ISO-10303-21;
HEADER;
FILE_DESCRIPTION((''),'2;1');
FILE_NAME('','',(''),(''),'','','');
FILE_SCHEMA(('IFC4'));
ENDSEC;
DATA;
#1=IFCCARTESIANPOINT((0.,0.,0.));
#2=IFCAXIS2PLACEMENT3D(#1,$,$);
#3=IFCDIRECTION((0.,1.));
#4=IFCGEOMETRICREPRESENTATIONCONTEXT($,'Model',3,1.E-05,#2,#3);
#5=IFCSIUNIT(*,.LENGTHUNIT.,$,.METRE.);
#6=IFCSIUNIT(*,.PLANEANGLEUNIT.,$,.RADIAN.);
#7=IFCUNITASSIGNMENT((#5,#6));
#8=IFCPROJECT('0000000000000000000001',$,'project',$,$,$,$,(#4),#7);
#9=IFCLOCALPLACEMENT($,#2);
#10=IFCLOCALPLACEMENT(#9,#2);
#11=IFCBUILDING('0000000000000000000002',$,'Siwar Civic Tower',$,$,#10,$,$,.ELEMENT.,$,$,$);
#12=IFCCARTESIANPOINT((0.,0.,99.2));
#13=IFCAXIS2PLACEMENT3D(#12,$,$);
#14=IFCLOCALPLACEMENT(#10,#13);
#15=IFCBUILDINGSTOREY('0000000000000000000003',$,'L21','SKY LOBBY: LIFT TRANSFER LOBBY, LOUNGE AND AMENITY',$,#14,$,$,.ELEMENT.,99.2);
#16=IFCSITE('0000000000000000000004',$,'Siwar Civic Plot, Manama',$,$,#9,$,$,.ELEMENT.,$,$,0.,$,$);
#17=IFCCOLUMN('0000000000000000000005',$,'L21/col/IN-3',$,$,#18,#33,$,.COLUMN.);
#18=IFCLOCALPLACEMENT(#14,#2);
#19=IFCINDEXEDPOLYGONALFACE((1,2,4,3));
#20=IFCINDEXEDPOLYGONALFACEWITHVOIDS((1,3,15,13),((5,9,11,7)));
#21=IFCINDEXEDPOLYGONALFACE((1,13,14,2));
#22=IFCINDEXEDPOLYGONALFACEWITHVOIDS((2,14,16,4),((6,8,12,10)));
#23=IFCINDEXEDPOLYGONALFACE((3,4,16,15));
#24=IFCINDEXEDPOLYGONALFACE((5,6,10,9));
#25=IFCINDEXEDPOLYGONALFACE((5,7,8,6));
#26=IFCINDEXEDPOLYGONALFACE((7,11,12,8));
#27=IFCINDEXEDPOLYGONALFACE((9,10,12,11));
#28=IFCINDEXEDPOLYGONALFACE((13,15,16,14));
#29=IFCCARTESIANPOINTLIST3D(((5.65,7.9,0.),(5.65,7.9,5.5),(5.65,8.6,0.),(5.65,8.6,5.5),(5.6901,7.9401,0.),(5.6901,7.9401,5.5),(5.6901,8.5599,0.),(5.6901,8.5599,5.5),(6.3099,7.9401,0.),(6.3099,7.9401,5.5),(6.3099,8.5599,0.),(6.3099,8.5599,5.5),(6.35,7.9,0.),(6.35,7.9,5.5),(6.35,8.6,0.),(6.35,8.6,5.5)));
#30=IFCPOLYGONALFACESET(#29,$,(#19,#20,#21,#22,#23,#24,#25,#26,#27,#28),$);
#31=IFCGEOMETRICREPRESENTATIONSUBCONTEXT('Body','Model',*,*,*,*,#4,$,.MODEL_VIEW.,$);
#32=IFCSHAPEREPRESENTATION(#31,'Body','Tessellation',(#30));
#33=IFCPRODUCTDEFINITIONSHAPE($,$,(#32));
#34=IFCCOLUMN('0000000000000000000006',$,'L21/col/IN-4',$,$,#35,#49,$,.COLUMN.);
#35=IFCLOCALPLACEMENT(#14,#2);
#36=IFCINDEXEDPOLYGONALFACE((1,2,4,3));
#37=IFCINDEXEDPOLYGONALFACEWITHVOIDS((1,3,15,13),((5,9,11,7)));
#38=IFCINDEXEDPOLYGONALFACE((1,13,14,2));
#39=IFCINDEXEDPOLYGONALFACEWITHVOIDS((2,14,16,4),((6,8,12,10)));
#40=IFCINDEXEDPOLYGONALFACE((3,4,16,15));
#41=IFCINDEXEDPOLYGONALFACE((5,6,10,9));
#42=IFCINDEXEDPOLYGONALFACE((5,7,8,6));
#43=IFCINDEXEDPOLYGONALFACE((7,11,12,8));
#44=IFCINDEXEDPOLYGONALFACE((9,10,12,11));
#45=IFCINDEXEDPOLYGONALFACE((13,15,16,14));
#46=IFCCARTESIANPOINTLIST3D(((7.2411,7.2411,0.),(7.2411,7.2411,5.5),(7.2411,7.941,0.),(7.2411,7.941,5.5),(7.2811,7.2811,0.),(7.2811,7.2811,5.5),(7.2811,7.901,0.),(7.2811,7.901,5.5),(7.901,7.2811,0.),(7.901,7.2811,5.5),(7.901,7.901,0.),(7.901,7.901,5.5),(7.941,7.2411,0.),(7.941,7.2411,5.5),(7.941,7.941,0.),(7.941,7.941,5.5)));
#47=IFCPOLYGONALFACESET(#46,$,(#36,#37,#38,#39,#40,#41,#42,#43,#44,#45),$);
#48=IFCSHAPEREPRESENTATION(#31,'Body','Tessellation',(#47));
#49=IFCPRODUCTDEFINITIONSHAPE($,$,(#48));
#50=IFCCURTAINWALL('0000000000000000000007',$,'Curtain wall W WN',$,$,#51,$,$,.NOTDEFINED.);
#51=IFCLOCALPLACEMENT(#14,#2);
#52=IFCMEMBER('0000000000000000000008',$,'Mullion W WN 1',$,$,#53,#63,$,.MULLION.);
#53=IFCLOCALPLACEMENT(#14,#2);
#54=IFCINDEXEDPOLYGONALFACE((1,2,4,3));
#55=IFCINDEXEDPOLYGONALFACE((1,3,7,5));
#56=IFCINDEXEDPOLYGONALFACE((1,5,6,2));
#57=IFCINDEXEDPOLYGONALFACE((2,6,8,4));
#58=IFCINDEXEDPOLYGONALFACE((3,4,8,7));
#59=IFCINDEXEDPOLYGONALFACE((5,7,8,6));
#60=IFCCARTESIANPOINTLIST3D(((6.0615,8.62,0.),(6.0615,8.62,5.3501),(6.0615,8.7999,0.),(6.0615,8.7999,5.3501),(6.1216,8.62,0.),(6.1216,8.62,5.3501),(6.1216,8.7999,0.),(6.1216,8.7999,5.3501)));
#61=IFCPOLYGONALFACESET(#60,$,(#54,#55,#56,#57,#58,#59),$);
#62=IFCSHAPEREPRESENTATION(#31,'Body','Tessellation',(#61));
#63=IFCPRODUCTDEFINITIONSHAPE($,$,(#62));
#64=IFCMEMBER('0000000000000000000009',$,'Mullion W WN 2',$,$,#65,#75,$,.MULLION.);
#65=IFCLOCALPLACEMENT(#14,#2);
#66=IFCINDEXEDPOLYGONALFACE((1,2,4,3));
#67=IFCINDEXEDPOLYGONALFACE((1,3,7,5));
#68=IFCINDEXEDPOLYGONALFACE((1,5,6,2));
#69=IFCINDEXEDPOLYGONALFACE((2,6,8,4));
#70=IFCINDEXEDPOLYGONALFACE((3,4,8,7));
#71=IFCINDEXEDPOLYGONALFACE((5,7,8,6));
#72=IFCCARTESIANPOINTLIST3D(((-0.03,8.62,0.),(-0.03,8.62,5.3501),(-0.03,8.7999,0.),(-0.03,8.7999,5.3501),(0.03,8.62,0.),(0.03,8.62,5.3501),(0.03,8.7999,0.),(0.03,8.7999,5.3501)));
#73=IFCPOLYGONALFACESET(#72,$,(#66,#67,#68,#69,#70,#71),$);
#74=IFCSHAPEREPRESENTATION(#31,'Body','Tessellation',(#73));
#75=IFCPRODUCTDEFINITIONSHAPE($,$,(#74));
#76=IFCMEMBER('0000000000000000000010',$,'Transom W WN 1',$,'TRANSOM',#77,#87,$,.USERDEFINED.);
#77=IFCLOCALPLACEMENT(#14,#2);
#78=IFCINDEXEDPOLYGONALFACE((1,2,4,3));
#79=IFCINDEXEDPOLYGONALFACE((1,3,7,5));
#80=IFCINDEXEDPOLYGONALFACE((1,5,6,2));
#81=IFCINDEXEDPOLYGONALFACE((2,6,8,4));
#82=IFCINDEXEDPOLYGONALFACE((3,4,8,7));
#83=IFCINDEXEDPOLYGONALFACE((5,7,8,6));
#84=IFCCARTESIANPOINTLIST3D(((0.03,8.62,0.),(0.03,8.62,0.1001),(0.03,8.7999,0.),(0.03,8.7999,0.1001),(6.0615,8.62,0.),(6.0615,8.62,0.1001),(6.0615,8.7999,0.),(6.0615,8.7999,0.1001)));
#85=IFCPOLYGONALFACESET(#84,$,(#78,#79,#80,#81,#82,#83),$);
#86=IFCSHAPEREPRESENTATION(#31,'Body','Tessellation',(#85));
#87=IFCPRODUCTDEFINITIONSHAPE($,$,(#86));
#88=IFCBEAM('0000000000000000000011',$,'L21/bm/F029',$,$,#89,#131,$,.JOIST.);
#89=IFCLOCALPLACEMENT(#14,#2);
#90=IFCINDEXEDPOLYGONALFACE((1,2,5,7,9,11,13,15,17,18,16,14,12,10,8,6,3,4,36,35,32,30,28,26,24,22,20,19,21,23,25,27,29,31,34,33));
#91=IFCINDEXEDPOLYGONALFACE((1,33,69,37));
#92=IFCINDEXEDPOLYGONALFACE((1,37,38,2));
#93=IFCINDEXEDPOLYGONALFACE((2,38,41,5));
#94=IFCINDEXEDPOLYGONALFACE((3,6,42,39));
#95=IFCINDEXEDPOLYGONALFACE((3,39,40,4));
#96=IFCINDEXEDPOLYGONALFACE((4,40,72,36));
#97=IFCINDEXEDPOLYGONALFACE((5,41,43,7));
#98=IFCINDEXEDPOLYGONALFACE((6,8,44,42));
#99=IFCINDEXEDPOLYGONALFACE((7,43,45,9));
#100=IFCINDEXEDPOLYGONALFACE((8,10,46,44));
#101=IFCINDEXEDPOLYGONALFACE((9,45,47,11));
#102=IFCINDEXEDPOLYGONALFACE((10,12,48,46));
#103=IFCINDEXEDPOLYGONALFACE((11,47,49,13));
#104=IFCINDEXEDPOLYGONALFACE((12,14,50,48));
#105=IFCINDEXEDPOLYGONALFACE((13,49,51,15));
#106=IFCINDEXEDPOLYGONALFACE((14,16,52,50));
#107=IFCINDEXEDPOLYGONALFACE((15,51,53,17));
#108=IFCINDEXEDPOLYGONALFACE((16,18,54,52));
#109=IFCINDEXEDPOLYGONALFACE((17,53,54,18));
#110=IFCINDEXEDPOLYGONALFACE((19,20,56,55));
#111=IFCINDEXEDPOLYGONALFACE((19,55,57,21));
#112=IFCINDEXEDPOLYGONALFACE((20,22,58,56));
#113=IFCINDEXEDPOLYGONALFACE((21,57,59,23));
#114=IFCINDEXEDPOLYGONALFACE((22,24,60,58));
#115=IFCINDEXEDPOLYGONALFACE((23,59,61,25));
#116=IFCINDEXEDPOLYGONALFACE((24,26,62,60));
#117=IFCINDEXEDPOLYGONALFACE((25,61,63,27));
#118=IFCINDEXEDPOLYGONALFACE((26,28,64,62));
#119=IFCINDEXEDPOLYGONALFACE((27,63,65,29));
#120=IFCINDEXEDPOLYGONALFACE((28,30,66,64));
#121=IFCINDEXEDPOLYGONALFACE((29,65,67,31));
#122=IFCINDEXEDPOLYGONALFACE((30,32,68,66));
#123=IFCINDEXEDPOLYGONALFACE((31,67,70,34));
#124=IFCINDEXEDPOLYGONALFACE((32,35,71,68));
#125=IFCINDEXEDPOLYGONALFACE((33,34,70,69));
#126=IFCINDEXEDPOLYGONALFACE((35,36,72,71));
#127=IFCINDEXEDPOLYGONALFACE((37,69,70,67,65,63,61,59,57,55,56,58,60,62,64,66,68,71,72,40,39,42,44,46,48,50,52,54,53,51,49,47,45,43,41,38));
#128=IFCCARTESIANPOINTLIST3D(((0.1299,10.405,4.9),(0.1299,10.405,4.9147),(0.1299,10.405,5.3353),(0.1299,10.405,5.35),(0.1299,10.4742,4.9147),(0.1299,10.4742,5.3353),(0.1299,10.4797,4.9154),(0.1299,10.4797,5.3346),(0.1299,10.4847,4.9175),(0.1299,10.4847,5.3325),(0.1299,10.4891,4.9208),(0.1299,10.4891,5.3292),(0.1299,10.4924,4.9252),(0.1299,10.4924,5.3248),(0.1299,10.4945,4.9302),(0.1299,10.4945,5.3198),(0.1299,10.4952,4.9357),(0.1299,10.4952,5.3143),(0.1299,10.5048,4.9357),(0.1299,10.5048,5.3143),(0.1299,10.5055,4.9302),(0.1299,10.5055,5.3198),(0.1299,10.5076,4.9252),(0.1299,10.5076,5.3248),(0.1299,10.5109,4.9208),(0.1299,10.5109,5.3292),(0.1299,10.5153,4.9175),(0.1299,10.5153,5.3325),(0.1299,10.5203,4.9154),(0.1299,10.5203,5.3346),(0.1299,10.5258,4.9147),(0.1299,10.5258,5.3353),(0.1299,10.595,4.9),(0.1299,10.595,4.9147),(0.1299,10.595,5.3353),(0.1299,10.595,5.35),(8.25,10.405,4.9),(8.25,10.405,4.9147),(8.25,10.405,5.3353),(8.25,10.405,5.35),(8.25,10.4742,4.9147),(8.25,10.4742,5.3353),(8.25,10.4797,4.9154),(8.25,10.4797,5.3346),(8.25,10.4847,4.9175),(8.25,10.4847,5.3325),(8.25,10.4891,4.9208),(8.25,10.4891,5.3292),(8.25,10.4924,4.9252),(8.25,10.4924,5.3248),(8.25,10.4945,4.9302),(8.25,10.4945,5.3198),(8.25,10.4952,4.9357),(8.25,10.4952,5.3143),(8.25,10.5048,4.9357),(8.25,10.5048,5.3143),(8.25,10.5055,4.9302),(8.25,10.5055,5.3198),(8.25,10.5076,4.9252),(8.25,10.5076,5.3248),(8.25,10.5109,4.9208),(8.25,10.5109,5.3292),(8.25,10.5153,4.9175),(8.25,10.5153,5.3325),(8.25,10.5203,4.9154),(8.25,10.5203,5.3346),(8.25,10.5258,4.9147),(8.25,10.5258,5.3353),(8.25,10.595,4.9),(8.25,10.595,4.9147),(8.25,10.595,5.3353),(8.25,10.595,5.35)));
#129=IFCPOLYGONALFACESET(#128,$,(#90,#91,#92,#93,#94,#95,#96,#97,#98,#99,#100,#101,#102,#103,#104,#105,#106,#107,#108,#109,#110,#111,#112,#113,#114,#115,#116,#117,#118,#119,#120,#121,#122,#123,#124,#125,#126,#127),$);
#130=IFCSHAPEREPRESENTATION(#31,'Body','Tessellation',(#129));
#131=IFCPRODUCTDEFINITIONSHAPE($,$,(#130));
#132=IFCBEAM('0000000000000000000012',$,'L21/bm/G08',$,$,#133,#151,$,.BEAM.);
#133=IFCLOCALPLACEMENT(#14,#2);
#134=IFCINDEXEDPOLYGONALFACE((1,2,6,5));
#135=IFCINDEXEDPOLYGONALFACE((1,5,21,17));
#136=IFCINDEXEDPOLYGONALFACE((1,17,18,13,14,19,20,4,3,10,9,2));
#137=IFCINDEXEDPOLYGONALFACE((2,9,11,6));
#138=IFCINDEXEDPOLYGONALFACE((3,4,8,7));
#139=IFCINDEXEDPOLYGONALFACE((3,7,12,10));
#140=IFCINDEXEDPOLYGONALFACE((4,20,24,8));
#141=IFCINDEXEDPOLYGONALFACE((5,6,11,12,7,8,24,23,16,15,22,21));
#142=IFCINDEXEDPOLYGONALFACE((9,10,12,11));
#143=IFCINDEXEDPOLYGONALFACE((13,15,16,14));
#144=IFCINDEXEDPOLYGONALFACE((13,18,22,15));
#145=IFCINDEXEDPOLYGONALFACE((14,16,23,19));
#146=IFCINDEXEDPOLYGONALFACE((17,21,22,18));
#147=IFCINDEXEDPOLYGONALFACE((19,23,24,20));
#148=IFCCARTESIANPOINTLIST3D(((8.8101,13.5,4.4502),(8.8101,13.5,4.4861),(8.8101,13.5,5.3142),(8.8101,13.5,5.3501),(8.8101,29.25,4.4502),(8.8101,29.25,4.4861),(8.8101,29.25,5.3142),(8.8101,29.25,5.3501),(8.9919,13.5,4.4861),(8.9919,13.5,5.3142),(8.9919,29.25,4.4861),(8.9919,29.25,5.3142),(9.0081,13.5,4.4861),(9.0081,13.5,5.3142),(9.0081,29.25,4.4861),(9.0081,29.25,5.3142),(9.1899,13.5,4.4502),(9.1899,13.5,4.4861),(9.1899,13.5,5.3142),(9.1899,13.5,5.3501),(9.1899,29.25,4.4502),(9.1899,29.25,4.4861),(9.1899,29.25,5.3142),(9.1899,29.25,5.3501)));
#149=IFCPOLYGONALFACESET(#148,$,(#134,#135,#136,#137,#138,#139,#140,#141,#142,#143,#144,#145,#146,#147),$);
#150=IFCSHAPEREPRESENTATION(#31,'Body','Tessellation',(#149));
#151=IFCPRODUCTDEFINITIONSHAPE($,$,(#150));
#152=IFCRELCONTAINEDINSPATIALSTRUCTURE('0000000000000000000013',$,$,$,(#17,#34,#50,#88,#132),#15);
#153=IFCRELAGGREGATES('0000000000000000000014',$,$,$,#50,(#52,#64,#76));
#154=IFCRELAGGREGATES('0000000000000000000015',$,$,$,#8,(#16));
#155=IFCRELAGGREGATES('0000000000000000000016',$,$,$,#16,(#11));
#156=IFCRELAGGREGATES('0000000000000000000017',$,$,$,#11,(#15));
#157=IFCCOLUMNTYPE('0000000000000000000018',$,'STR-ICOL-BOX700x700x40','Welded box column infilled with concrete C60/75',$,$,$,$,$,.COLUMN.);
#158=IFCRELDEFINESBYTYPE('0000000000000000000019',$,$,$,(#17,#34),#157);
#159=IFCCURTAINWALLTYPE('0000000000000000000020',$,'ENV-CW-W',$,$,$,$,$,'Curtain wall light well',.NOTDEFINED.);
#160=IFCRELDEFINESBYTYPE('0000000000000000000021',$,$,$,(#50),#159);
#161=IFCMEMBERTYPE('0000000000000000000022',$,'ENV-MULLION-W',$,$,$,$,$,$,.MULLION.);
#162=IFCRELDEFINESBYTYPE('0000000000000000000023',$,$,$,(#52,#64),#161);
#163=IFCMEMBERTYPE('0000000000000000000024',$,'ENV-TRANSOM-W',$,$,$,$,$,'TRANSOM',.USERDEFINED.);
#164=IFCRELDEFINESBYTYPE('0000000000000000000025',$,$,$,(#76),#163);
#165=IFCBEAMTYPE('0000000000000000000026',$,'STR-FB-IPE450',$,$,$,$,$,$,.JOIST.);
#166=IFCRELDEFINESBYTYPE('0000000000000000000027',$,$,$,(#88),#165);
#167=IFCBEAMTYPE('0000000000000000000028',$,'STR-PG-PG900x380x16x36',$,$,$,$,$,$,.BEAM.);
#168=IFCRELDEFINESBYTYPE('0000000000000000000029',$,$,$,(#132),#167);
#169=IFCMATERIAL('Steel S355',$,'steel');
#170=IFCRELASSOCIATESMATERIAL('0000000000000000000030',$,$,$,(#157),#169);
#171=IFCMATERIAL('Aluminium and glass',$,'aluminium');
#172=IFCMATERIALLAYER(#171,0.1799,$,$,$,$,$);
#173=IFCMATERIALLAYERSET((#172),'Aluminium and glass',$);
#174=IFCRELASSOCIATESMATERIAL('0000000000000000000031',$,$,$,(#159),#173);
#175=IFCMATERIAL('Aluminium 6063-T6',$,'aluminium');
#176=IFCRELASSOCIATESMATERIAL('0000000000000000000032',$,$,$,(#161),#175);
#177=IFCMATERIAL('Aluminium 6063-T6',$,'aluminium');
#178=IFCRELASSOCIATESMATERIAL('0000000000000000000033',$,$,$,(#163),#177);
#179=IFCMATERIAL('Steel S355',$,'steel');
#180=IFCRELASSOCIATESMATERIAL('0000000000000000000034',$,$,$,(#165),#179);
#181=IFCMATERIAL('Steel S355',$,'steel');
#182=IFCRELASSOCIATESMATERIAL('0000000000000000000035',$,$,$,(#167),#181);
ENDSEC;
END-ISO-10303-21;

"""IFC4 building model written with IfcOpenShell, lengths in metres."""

from ifc_helpers import new_model, si_unit, direction, frame, origin, origin_2d, place, context, subcontext, project, spatial, rectangle, hollow_rectangle, i_section, extrude, material, layer, layer_set, material_profile, profile_set, type_object, element, aggregate, save


model = new_model("IFC4")

# Units and contexts
model_context = context("Model", 3, precision=1e-05, world=origin(), true_north=direction((0.0, 1.0)))
body_context = subcontext(model_context, "Body", "Model", "MODEL_VIEW")
ifc_project = project(units=[si_unit("LENGTHUNIT", "METRE"), si_unit("PLANEANGLEUNIT", "RADIAN")], contexts=[model_context])

# Site, building, storey
site_placement = place(None, origin())
site = spatial("IfcSite", under=ifc_project, at=site_placement, Name="Siwar Civic Plot, Manama", CompositionType="ELEMENT", RefElevation=0.0)
building_placement = place(site_placement, origin())
building = spatial("IfcBuilding", under=site, at=building_placement, Name="Siwar Civic Tower", CompositionType="ELEMENT")
storey_placement = place(building_placement, frame((0.0, 0.0, 99.2)))
storey = spatial("IfcBuildingStorey", under=building, at=storey_placement, Name="L21", Description="SKY LOBBY: LIFT TRANSFER LOBBY, LOUNGE AND AMENITY", CompositionType="ELEMENT", Elevation=99.2)

# Columns
ifc_material_1 = material(Name="Steel S355", Category="steel")
ifc_material_profile_1 = material_profile(ifc_material_1, hollow_rectangle(XDim=0.7, YDim=0.7, WallThickness=0.04, at=origin_2d()), Name="BOX700x700x40")
ifc_profile_set_1 = profile_set([ifc_material_profile_1], Name="Steel S355")
column_type = type_object("IfcColumnType", Name="STR-ICOL-BOX700x700x40", Description="Welded box column infilled with concrete C60/75", PredefinedType="COLUMN", material=ifc_profile_set_1)
for number, where, z_axis, x_axis, name in (
    (1, (6.0, 8.25, 0.0), (0.0, 0.0, 1.0), (1.0, 0.0, 0.0), "L21/col/IN-3"),
    (2, (7.5911, 7.5911, 0.0), (0.0, 0.0, 1.0), (1.0, 0.0, 0.0), "L21/col/IN-4"),
):
    element("IfcColumn", number, at=place(storey_placement, frame(where, z_axis=z_axis, x_axis=x_axis)), inside=storey, type_object=column_type, Name=name, PredefinedType="COLUMN", context=body_context, shape_type="SweptSolid", body=[
        extrude(hollow_rectangle(XDim=0.7, YDim=0.7, WallThickness=0.04, at=origin_2d()), origin(), (0.0, 0.0, 1.0), 5.5),
    ])

# Curtain wall, members
ifc_material_2 = material(Name="Aluminium and glass", Category="aluminium")
ifc_layer_1 = layer(ifc_material_2, 0.1799)
ifc_layer_set_1 = layer_set([ifc_layer_1], Name="Aluminium and glass")
curtain_wall_type = type_object("IfcCurtainWallType", Name="ENV-CW-W", ElementType="Curtain wall light well", PredefinedType="NOTDEFINED", material=ifc_layer_set_1)
curtain_wall_placement = place(storey_placement, origin())
curtain_wall = element("IfcCurtainWall", 3, at=curtain_wall_placement, inside=storey, type_object=curtain_wall_type, Name="Curtain wall W WN", PredefinedType="NOTDEFINED")
ifc_material_3 = material(Name="Aluminium 6063-T6", Category="aluminium")
ifc_material_profile_2 = material_profile(ifc_material_3, rectangle(XDim=0.1799, YDim=0.0601, at=origin_2d()), Name="AL 180x60")
ifc_profile_set_2 = profile_set([ifc_material_profile_2], Name="Aluminium 6063-T6")
member_type_1 = type_object("IfcMemberType", Name="ENV-MULLION-W", PredefinedType="MULLION", material=ifc_profile_set_2)
member_1_placement = place(storey_placement, frame((6.0916, 8.71, 0.0), z_axis=(0.0, 0.0, 1.0), x_axis=(0.0, -1.0, 0.0)))
member_1 = element("IfcMember", 4, at=member_1_placement, type_object=member_type_1, Name="Mullion W WN 1", PredefinedType="MULLION", context=body_context, shape_type="SweptSolid", body=[
    extrude(rectangle(XDim=0.1799, YDim=0.0601, at=origin_2d()), origin(), (0.0, 0.0, 1.0), 5.3501),
])
member_2_placement = place(storey_placement, frame((0.0, 8.71, 0.0), z_axis=(0.0, 0.0, 1.0), x_axis=(0.0, -1.0, 0.0)))
member_2 = element("IfcMember", 5, at=member_2_placement, type_object=member_type_1, Name="Mullion W WN 2", PredefinedType="MULLION", context=body_context, shape_type="SweptSolid", body=[
    extrude(rectangle(XDim=0.1799, YDim=0.0601, at=origin_2d()), origin(), (0.0, 0.0, 1.0), 5.3501),
])
ifc_material_4 = material(Name="Aluminium 6063-T6", Category="aluminium")
ifc_material_profile_3 = material_profile(ifc_material_4, rectangle(XDim=0.1799, YDim=0.1001, at=origin_2d()), Name="AL 180x100")
ifc_profile_set_3 = profile_set([ifc_material_profile_3], Name="Aluminium 6063-T6")
member_type_2 = type_object("IfcMemberType", Name="ENV-TRANSOM-W", ElementType="TRANSOM", PredefinedType="USERDEFINED", material=ifc_profile_set_3)
member_3_placement = place(storey_placement, frame((6.0615, 8.71, 0.05), z_axis=(-1.0, 0.0, 0.0), x_axis=(0.0, -1.0, 0.0)))
member_3 = element("IfcMember", 6, at=member_3_placement, type_object=member_type_2, Name="Transom W WN 1", ObjectType="TRANSOM", PredefinedType="USERDEFINED", context=body_context, shape_type="SweptSolid", body=[
    extrude(rectangle(XDim=0.1799, YDim=0.1001, at=origin_2d()), origin(), (0.0, 0.0, 1.0), 6.0315),
])

# Beams
ifc_material_5 = material(Name="Steel S355", Category="steel")
ifc_material_profile_4 = material_profile(ifc_material_5, i_section(OverallWidth=0.1899, OverallDepth=0.45, WebThickness=0.0095, FlangeThickness=0.0146, FilletRadius=0.021, at=origin_2d()), Name="IPE450")
ifc_profile_set_4 = profile_set([ifc_material_profile_4], Name="Steel S355")
beam_type_1 = type_object("IfcBeamType", Name="STR-FB-IPE450", PredefinedType="JOIST", material=ifc_profile_set_4)
beam_1_placement = place(storey_placement, frame((0.1299, 10.5, 5.125), z_axis=(1.0, 0.0, 0.0), x_axis=(0.0, 1.0, 0.0)))
element("IfcBeam", 7, at=beam_1_placement, inside=storey, type_object=beam_type_1, Name="L21/bm/F029", PredefinedType="JOIST", context=body_context, shape_type="SweptSolid", body=[
    extrude(i_section(OverallWidth=0.1899, OverallDepth=0.45, WebThickness=0.0095, FlangeThickness=0.0146, FilletRadius=0.021, at=origin_2d()), origin(), (0.0, 0.0, 1.0), 8.1201),
])
ifc_material_6 = material(Name="Steel S355", Category="steel")
ifc_material_profile_5 = material_profile(ifc_material_6, i_section(OverallWidth=0.3799, OverallDepth=0.8999, WebThickness=0.0161, FlangeThickness=0.0359, at=origin_2d()), Name="PG900x380x16x36")
ifc_profile_set_5 = profile_set([ifc_material_profile_5], Name="Steel S355")
beam_type_2 = type_object("IfcBeamType", Name="STR-PG-PG900x380x16x36", PredefinedType="BEAM", material=ifc_profile_set_5)
beam_2_placement = place(storey_placement, frame((9.0, 13.5, 4.9001), z_axis=(0.0, 1.0, 0.0), x_axis=(-1.0, 0.0, 0.0)))
element("IfcBeam", 8, at=beam_2_placement, inside=storey, type_object=beam_type_2, Name="L21/bm/G08", PredefinedType="BEAM", context=body_context, shape_type="SweptSolid", body=[
    extrude(i_section(OverallWidth=0.3799, OverallDepth=0.8999, WebThickness=0.0161, FlangeThickness=0.0359, at=origin_2d()), origin(), (0.0, 0.0, 1.0), 15.75),
])

aggregate(curtain_wall, [member_1, member_2, member_3])

save(model, "model.ifc")
